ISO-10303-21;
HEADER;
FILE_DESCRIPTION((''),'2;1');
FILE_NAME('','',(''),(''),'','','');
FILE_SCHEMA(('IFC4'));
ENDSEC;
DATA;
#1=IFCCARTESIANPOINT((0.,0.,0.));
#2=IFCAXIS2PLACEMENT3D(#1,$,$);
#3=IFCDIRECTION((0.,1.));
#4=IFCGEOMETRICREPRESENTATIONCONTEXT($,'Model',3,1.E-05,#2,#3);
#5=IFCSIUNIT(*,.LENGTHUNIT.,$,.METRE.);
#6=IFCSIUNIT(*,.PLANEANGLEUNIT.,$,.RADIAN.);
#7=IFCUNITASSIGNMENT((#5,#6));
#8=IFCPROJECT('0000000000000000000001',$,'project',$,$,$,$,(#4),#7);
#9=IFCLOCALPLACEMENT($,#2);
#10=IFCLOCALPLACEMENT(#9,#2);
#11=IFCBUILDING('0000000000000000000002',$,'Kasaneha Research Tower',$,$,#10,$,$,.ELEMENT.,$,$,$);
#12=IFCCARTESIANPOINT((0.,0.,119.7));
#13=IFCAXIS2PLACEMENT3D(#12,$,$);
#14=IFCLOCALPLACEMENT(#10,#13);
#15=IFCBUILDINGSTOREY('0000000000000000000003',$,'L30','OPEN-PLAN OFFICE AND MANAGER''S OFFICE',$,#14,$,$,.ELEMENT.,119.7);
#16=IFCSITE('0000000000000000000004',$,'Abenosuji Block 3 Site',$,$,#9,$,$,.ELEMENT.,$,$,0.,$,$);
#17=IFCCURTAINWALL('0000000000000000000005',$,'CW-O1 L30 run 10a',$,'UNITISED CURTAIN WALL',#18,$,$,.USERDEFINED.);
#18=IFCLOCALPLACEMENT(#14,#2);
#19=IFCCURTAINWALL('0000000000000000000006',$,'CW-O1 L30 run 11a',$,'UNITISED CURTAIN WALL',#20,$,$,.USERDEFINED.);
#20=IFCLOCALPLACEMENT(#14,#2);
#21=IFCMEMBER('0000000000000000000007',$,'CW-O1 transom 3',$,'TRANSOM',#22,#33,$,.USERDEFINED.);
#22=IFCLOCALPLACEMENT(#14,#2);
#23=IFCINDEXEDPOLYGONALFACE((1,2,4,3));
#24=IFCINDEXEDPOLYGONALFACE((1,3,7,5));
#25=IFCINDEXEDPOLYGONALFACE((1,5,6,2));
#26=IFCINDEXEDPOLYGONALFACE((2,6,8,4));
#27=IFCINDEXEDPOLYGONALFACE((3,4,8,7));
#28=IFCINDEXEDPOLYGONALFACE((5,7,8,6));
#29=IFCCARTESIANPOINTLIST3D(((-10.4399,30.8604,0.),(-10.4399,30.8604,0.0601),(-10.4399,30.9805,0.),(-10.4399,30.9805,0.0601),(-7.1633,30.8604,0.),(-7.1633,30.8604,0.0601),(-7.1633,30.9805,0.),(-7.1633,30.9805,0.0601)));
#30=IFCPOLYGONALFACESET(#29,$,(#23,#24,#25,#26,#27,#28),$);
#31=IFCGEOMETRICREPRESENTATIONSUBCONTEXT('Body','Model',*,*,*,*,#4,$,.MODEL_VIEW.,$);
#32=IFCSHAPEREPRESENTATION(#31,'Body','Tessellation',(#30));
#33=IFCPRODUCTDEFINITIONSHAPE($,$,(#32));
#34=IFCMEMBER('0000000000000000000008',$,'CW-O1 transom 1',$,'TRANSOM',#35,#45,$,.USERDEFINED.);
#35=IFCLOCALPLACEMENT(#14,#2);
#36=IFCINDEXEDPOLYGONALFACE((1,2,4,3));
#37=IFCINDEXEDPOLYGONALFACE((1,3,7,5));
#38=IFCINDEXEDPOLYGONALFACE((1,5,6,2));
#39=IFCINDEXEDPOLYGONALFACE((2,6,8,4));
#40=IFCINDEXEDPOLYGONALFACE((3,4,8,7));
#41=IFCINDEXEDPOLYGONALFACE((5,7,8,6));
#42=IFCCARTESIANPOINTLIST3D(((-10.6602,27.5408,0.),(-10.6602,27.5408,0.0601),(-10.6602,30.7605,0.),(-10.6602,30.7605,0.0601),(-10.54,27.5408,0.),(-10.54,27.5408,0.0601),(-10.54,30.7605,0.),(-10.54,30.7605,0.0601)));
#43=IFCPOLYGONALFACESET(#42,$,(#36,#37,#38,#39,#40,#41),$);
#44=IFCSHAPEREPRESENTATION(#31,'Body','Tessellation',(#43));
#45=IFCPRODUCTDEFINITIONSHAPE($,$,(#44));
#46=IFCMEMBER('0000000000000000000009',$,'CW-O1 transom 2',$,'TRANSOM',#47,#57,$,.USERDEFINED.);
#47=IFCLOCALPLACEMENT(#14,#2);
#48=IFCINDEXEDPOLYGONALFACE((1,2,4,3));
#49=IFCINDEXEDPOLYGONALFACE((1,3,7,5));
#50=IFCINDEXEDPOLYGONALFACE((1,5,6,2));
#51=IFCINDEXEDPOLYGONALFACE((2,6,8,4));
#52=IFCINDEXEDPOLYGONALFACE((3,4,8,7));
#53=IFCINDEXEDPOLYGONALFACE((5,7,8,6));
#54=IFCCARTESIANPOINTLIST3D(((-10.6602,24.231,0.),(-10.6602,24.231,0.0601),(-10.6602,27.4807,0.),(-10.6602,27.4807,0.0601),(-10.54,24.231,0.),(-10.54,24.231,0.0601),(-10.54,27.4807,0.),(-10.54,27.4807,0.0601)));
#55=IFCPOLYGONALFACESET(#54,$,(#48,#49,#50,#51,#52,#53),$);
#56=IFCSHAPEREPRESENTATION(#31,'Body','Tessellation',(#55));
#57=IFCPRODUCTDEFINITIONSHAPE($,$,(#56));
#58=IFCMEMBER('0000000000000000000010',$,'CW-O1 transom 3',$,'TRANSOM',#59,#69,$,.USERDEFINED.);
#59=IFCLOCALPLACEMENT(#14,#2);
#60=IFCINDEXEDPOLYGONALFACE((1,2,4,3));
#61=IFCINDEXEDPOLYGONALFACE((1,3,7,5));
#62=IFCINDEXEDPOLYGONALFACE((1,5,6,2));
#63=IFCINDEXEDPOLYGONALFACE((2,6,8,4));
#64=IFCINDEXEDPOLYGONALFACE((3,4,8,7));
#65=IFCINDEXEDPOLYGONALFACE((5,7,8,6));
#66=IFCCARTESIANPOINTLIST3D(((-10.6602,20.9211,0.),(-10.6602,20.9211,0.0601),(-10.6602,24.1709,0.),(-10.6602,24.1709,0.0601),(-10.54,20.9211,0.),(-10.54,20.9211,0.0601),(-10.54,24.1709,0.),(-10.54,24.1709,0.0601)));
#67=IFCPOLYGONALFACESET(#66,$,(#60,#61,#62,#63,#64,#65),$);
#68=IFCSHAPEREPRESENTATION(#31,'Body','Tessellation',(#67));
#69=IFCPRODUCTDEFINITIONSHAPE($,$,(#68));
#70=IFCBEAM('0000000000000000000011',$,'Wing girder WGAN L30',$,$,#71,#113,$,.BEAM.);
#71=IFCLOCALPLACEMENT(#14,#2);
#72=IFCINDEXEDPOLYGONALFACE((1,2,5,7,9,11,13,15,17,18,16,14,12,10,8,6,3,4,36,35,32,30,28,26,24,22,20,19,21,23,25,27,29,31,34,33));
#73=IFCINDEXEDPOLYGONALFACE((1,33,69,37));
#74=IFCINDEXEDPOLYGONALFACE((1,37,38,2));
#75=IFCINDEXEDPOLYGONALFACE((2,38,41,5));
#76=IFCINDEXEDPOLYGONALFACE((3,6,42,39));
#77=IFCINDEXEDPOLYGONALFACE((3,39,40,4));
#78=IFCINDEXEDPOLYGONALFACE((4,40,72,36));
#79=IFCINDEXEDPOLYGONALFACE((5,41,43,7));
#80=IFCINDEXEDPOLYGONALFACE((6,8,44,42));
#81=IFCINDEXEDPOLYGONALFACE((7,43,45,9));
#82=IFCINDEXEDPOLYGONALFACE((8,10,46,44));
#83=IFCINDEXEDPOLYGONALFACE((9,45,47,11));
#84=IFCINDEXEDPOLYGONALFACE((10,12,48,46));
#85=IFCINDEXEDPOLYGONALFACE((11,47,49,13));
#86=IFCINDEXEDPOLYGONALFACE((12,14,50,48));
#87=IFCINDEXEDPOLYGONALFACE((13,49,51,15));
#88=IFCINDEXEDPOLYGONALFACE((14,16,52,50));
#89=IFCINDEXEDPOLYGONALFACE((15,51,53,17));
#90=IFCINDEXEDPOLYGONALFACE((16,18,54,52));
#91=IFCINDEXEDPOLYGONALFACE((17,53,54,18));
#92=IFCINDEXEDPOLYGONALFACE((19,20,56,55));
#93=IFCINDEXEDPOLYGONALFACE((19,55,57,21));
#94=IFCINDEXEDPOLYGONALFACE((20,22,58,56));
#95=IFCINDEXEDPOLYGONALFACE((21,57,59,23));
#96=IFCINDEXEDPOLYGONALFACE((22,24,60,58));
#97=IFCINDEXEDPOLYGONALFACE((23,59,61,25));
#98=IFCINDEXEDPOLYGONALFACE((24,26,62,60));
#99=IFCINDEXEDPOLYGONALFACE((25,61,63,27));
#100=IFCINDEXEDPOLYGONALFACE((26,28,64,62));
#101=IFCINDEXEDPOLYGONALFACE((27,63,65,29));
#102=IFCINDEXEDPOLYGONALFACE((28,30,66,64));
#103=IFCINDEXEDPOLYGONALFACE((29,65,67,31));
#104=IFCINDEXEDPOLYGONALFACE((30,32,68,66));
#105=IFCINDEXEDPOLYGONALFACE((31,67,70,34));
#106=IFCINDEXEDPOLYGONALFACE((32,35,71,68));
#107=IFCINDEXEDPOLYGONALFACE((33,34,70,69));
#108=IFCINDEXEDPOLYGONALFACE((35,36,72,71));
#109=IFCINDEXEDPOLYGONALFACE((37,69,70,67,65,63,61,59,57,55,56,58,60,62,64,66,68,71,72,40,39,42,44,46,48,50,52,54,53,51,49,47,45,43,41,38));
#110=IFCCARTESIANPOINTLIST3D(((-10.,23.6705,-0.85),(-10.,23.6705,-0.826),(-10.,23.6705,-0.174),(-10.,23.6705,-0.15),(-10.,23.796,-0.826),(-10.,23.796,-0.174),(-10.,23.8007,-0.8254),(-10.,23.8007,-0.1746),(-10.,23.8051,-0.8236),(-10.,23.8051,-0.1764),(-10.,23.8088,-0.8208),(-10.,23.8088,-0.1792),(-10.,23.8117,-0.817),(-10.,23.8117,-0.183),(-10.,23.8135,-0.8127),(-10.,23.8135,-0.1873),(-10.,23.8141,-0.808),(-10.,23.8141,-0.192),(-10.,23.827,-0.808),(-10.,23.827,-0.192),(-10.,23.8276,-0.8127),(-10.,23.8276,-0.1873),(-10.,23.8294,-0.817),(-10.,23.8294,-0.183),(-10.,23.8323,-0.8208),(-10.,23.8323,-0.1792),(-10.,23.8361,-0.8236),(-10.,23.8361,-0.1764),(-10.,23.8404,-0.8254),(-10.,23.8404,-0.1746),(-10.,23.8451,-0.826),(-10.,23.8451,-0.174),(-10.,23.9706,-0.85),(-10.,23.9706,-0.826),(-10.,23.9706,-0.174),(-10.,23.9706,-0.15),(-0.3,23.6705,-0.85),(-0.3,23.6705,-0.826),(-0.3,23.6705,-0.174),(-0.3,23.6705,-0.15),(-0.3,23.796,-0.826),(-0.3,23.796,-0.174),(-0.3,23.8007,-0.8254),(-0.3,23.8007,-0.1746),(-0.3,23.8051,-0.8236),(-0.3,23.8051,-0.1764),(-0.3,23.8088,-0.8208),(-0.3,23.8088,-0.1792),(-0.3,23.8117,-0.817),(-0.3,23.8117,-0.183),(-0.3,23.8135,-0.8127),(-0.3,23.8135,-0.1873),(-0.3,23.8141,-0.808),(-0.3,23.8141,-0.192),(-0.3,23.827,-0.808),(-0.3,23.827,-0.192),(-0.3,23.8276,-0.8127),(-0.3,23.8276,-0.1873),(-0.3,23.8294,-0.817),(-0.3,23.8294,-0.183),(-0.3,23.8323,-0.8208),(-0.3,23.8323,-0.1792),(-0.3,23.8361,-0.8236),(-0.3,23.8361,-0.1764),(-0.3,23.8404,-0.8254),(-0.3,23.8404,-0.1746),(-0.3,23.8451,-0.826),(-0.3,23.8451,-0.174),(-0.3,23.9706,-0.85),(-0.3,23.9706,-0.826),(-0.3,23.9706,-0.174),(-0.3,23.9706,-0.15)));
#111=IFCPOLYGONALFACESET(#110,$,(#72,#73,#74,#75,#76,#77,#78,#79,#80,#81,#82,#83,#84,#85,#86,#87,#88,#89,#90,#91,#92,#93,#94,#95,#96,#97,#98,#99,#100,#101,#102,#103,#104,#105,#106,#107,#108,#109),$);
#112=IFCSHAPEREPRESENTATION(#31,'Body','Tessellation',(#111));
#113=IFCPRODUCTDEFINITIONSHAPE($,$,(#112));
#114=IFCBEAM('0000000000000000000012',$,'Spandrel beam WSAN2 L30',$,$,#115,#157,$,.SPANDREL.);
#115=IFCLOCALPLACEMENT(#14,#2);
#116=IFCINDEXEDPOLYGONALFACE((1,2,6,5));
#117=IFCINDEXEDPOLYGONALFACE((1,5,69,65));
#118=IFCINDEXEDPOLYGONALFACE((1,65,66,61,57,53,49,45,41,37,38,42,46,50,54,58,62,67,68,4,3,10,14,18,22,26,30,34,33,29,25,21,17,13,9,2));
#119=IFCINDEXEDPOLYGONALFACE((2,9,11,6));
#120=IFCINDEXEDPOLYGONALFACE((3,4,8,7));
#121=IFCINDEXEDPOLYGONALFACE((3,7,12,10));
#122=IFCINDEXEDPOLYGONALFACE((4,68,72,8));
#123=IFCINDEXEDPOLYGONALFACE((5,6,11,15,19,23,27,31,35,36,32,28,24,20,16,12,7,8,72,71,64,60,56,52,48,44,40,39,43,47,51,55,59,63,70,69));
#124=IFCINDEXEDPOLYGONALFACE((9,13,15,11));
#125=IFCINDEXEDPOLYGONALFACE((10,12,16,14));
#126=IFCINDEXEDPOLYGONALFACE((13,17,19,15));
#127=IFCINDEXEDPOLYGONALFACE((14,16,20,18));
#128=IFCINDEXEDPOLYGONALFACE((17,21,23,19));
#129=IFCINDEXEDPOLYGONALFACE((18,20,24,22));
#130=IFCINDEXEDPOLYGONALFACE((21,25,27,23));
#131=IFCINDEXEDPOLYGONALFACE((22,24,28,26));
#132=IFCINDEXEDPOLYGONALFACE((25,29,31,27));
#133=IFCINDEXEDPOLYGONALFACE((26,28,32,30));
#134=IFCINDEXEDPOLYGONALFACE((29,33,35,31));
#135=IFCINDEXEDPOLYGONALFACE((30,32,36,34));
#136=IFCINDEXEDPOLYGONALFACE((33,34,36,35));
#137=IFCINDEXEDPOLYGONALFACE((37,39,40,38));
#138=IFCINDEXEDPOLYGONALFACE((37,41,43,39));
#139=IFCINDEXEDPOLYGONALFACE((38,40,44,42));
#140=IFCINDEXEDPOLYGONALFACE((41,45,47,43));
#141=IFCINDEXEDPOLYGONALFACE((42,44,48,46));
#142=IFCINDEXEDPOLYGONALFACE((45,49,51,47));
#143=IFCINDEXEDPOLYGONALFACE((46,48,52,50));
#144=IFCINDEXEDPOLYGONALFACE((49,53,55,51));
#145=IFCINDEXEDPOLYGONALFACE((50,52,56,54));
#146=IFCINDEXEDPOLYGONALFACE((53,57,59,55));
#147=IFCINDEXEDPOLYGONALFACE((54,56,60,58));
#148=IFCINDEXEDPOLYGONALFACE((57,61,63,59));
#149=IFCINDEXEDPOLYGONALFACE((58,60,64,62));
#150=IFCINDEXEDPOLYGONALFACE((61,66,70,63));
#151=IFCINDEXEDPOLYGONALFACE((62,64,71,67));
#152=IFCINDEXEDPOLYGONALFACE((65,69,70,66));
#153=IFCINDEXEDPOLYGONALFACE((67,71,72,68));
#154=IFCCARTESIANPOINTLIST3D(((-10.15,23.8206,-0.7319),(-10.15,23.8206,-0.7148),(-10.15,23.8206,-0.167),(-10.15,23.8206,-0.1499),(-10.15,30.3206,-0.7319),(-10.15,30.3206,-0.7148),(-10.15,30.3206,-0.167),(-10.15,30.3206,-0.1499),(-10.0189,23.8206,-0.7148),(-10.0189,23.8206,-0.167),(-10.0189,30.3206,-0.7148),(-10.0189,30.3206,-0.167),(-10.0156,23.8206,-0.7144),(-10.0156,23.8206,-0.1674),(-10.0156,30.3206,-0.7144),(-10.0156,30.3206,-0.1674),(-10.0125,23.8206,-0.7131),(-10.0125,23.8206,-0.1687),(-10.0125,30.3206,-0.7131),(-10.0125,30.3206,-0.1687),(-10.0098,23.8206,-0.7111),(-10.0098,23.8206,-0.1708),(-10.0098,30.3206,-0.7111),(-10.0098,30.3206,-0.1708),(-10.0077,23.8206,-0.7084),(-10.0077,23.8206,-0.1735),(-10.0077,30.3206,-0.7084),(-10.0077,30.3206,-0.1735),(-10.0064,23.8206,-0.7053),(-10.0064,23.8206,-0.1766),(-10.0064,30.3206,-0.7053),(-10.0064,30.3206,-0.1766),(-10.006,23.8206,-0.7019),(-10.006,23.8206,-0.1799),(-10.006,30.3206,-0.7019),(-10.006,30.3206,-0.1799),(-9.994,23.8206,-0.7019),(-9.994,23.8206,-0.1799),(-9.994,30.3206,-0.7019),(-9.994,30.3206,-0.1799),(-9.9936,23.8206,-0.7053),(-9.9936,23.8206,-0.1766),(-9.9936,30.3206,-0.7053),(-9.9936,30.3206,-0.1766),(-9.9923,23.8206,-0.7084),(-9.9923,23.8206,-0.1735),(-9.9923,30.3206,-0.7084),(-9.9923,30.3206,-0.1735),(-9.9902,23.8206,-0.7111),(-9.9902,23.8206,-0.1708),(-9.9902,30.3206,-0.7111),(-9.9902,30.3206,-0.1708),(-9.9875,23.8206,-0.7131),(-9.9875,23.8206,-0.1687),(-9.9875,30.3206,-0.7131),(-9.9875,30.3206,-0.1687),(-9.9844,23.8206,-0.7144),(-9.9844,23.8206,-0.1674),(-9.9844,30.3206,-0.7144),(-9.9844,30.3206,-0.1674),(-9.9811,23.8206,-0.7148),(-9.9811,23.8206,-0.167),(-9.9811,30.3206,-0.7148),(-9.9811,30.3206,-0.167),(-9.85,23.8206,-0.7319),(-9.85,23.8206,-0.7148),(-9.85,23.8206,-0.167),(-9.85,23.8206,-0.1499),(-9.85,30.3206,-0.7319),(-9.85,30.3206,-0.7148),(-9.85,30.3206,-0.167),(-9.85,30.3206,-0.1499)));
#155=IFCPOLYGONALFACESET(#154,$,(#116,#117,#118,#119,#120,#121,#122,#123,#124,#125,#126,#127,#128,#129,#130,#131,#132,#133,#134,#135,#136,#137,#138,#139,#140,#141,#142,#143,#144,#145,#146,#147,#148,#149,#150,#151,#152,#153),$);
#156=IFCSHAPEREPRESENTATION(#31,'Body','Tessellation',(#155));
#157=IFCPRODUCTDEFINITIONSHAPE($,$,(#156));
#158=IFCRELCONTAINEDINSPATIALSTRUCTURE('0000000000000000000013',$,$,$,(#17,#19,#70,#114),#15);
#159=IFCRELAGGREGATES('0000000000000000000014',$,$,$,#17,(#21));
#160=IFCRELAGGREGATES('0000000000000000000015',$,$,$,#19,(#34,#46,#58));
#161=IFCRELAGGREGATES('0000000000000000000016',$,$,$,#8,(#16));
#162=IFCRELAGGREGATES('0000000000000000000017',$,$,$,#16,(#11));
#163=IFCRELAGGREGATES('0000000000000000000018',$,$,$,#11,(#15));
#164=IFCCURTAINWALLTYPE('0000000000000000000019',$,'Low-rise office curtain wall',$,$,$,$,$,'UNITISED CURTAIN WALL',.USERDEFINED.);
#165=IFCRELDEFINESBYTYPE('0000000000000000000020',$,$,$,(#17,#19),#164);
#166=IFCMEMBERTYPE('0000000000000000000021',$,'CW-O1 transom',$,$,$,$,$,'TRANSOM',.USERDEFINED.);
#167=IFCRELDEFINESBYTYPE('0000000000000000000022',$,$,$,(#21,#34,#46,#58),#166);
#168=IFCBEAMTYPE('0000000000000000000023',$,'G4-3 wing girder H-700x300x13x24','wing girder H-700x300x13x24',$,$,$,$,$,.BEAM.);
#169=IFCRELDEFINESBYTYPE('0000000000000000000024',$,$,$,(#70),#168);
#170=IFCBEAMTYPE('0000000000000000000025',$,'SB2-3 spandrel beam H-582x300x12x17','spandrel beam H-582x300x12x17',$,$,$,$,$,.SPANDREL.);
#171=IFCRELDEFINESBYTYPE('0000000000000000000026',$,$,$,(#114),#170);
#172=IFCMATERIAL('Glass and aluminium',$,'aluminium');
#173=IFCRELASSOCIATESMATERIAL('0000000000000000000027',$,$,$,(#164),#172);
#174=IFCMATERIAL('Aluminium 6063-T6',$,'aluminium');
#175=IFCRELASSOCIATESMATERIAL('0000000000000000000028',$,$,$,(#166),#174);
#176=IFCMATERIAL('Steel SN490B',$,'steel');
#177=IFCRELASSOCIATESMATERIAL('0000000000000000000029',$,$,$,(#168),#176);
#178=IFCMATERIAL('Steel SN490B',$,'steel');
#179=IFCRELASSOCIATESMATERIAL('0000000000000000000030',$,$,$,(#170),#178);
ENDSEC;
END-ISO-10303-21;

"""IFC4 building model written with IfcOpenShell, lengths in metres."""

from ifc_helpers import new_model, si_unit, direction, frame, origin, origin_2d, place, context, subcontext, project, spatial, rectangle, i_section, extrude, material, material_profile, profile_set, type_object, element, aggregate, save


model = new_model("IFC4")

# Units and contexts
model_context = context("Model", 3, precision=1e-05, world=origin(), true_north=direction((0.0, 1.0)))
body_context = subcontext(model_context, "Body", "Model", "MODEL_VIEW")
ifc_project = project(units=[si_unit("LENGTHUNIT", "METRE"), si_unit("PLANEANGLEUNIT", "RADIAN")], contexts=[model_context])

# Site, building, storey
site_placement = place(None, origin())
site = spatial("IfcSite", under=ifc_project, at=site_placement, Name="Abenosuji Block 3 Site", CompositionType="ELEMENT", RefElevation=0.0)
building_placement = place(site_placement, origin())
building = spatial("IfcBuilding", under=site, at=building_placement, Name="Kasaneha Research Tower", CompositionType="ELEMENT")
storey_placement = place(building_placement, frame((0.0, 0.0, 119.7)))
storey = spatial("IfcBuildingStorey", under=building, at=storey_placement, Name="L30", Description="OPEN-PLAN OFFICE AND MANAGER'S OFFICE", CompositionType="ELEMENT", Elevation=119.7)

# Curtain walls
ifc_material_1 = material(Name="Glass and aluminium", Category="aluminium")
curtain_wall_type = type_object("IfcCurtainWallType", Name="Low-rise office curtain wall", ElementType="UNITISED CURTAIN WALL", PredefinedType="USERDEFINED", material=ifc_material_1)
curtain_wall_1_placement = place(storey_placement, origin())
curtain_wall_1 = element("IfcCurtainWall", 1, at=curtain_wall_1_placement, inside=storey, type_object=curtain_wall_type, Name="CW-O1 L30 run 10a", ObjectType="UNITISED CURTAIN WALL", PredefinedType="USERDEFINED")
curtain_wall_2_placement = place(storey_placement, origin())
curtain_wall_2 = element("IfcCurtainWall", 2, at=curtain_wall_2_placement, inside=storey, type_object=curtain_wall_type, Name="CW-O1 L30 run 11a", ObjectType="UNITISED CURTAIN WALL", PredefinedType="USERDEFINED")

# Members
ifc_material_2 = material(Name="Aluminium 6063-T6", Category="aluminium")
ifc_material_profile_1 = material_profile(ifc_material_2, rectangle(XDim=0.1201, YDim=0.0601, at=origin_2d()), Name="CW-O1 transom 120x60")
ifc_profile_set_1 = profile_set([ifc_material_profile_1], Name="Aluminium 6063-T6")
member_type_1 = type_object("IfcMemberType", Name="CW-O1 transom", ElementType="TRANSOM", PredefinedType="USERDEFINED", material=ifc_profile_set_1)
member_1_placement = place(storey_placement, frame((-7.1633, 30.9204, 0.03), z_axis=(-1.0, 0.0, 0.0), x_axis=(0.0, -1.0, 0.0)))
member_1 = element("IfcMember", 3, at=member_1_placement, type_object=member_type_1, Name="CW-O1 transom 3", ObjectType="TRANSOM", PredefinedType="USERDEFINED", context=body_context, shape_type="SweptSolid", body=[
    extrude(rectangle(XDim=0.1201, YDim=0.0601, at=origin_2d()), origin(), (0.0, 0.0, 1.0), 3.2766),
])
member_2_placement = place(storey_placement, frame((-10.6001, 30.7605, 0.03), z_axis=(0.0, -1.0, 0.0), x_axis=(1.0, 0.0, 0.0)))
member_2 = element("IfcMember", 4, at=member_2_placement, type_object=member_type_1, Name="CW-O1 transom 1", ObjectType="TRANSOM", PredefinedType="USERDEFINED", context=body_context, shape_type="SweptSolid", body=[
    extrude(rectangle(XDim=0.1201, YDim=0.0601, at=origin_2d()), origin(), (0.0, 0.0, 1.0), 3.2197),
])
member_3_placement = place(storey_placement, frame((-10.6001, 27.4807, 0.03), z_axis=(0.0, -1.0, 0.0), x_axis=(1.0, 0.0, 0.0)))
member_3 = element("IfcMember", 5, at=member_3_placement, type_object=member_type_1, Name="CW-O1 transom 2", ObjectType="TRANSOM", PredefinedType="USERDEFINED", context=body_context, shape_type="SweptSolid", body=[
    extrude(rectangle(XDim=0.1201, YDim=0.0601, at=origin_2d()), origin(), (0.0, 0.0, 1.0), 3.2498),
])
member_4_placement = place(storey_placement, frame((-10.6001, 24.1709, 0.03), z_axis=(0.0, -1.0, 0.0), x_axis=(1.0, 0.0, 0.0)))
member_4 = element("IfcMember", 6, at=member_4_placement, type_object=member_type_1, Name="CW-O1 transom 3", ObjectType="TRANSOM", PredefinedType="USERDEFINED", context=body_context, shape_type="SweptSolid", body=[
    extrude(rectangle(XDim=0.1201, YDim=0.0601, at=origin_2d()), origin(), (0.0, 0.0, 1.0), 3.2498),
])

# Beams
ifc_material_3 = material(Name="Steel SN490B", Category="steel")
ifc_material_profile_2 = material_profile(ifc_material_3, i_section(OverallWidth=0.3, OverallDepth=0.7, WebThickness=0.0129, FlangeThickness=0.0239, FilletRadius=0.0181, at=origin_2d()), Name="H-700x300x13x24")
ifc_profile_set_2 = profile_set([ifc_material_profile_2], Name="Steel SN490B")
beam_type_1 = type_object("IfcBeamType", Name="G4-3 wing girder H-700x300x13x24", Description="wing girder H-700x300x13x24", PredefinedType="BEAM", material=ifc_profile_set_2)
beam_1_placement = place(storey_placement, frame((-10.0, 23.8206, -0.5), z_axis=(1.0, 0.0, 0.0), x_axis=(0.0, 1.0, 0.0)))
element("IfcBeam", 7, at=beam_1_placement, inside=storey, type_object=beam_type_1, Name="Wing girder WGAN L30", PredefinedType="BEAM", context=body_context, shape_type="SweptSolid", body=[
    extrude(i_section(OverallWidth=0.3, OverallDepth=0.7, WebThickness=0.0129, FlangeThickness=0.0239, FilletRadius=0.0181, at=origin_2d()), origin(), (0.0, 0.0, 1.0), 9.7),
])
ifc_material_4 = material(Name="Steel SN490B", Category="steel")
ifc_material_profile_3 = material_profile(ifc_material_4, i_section(OverallWidth=0.3, OverallDepth=0.582, WebThickness=0.012, FlangeThickness=0.0171, FilletRadius=0.0129, at=origin_2d()), Name="H-582x300x12x17")
ifc_profile_set_3 = profile_set([ifc_material_profile_3], Name="Steel SN490B")
beam_type_2 = type_object("IfcBeamType", Name="SB2-3 spandrel beam H-582x300x12x17", Description="spandrel beam H-582x300x12x17", PredefinedType="SPANDREL", material=ifc_profile_set_3)
beam_2_placement = place(storey_placement, frame((-10.0, 23.8206, -0.4409), z_axis=(0.0, 1.0, 0.0), x_axis=(-1.0, 0.0, 0.0)))
element("IfcBeam", 8, at=beam_2_placement, inside=storey, type_object=beam_type_2, Name="Spandrel beam WSAN2 L30", PredefinedType="SPANDREL", context=body_context, shape_type="SweptSolid", body=[
    extrude(i_section(OverallWidth=0.3, OverallDepth=0.582, WebThickness=0.012, FlangeThickness=0.0171, FilletRadius=0.0129, at=origin_2d()), origin(), (0.0, 0.0, 1.0), 6.5),
])

aggregate(curtain_wall_1, [member_1])
aggregate(curtain_wall_2, [member_2, member_3, member_4])

save(model, "model.ifc")
